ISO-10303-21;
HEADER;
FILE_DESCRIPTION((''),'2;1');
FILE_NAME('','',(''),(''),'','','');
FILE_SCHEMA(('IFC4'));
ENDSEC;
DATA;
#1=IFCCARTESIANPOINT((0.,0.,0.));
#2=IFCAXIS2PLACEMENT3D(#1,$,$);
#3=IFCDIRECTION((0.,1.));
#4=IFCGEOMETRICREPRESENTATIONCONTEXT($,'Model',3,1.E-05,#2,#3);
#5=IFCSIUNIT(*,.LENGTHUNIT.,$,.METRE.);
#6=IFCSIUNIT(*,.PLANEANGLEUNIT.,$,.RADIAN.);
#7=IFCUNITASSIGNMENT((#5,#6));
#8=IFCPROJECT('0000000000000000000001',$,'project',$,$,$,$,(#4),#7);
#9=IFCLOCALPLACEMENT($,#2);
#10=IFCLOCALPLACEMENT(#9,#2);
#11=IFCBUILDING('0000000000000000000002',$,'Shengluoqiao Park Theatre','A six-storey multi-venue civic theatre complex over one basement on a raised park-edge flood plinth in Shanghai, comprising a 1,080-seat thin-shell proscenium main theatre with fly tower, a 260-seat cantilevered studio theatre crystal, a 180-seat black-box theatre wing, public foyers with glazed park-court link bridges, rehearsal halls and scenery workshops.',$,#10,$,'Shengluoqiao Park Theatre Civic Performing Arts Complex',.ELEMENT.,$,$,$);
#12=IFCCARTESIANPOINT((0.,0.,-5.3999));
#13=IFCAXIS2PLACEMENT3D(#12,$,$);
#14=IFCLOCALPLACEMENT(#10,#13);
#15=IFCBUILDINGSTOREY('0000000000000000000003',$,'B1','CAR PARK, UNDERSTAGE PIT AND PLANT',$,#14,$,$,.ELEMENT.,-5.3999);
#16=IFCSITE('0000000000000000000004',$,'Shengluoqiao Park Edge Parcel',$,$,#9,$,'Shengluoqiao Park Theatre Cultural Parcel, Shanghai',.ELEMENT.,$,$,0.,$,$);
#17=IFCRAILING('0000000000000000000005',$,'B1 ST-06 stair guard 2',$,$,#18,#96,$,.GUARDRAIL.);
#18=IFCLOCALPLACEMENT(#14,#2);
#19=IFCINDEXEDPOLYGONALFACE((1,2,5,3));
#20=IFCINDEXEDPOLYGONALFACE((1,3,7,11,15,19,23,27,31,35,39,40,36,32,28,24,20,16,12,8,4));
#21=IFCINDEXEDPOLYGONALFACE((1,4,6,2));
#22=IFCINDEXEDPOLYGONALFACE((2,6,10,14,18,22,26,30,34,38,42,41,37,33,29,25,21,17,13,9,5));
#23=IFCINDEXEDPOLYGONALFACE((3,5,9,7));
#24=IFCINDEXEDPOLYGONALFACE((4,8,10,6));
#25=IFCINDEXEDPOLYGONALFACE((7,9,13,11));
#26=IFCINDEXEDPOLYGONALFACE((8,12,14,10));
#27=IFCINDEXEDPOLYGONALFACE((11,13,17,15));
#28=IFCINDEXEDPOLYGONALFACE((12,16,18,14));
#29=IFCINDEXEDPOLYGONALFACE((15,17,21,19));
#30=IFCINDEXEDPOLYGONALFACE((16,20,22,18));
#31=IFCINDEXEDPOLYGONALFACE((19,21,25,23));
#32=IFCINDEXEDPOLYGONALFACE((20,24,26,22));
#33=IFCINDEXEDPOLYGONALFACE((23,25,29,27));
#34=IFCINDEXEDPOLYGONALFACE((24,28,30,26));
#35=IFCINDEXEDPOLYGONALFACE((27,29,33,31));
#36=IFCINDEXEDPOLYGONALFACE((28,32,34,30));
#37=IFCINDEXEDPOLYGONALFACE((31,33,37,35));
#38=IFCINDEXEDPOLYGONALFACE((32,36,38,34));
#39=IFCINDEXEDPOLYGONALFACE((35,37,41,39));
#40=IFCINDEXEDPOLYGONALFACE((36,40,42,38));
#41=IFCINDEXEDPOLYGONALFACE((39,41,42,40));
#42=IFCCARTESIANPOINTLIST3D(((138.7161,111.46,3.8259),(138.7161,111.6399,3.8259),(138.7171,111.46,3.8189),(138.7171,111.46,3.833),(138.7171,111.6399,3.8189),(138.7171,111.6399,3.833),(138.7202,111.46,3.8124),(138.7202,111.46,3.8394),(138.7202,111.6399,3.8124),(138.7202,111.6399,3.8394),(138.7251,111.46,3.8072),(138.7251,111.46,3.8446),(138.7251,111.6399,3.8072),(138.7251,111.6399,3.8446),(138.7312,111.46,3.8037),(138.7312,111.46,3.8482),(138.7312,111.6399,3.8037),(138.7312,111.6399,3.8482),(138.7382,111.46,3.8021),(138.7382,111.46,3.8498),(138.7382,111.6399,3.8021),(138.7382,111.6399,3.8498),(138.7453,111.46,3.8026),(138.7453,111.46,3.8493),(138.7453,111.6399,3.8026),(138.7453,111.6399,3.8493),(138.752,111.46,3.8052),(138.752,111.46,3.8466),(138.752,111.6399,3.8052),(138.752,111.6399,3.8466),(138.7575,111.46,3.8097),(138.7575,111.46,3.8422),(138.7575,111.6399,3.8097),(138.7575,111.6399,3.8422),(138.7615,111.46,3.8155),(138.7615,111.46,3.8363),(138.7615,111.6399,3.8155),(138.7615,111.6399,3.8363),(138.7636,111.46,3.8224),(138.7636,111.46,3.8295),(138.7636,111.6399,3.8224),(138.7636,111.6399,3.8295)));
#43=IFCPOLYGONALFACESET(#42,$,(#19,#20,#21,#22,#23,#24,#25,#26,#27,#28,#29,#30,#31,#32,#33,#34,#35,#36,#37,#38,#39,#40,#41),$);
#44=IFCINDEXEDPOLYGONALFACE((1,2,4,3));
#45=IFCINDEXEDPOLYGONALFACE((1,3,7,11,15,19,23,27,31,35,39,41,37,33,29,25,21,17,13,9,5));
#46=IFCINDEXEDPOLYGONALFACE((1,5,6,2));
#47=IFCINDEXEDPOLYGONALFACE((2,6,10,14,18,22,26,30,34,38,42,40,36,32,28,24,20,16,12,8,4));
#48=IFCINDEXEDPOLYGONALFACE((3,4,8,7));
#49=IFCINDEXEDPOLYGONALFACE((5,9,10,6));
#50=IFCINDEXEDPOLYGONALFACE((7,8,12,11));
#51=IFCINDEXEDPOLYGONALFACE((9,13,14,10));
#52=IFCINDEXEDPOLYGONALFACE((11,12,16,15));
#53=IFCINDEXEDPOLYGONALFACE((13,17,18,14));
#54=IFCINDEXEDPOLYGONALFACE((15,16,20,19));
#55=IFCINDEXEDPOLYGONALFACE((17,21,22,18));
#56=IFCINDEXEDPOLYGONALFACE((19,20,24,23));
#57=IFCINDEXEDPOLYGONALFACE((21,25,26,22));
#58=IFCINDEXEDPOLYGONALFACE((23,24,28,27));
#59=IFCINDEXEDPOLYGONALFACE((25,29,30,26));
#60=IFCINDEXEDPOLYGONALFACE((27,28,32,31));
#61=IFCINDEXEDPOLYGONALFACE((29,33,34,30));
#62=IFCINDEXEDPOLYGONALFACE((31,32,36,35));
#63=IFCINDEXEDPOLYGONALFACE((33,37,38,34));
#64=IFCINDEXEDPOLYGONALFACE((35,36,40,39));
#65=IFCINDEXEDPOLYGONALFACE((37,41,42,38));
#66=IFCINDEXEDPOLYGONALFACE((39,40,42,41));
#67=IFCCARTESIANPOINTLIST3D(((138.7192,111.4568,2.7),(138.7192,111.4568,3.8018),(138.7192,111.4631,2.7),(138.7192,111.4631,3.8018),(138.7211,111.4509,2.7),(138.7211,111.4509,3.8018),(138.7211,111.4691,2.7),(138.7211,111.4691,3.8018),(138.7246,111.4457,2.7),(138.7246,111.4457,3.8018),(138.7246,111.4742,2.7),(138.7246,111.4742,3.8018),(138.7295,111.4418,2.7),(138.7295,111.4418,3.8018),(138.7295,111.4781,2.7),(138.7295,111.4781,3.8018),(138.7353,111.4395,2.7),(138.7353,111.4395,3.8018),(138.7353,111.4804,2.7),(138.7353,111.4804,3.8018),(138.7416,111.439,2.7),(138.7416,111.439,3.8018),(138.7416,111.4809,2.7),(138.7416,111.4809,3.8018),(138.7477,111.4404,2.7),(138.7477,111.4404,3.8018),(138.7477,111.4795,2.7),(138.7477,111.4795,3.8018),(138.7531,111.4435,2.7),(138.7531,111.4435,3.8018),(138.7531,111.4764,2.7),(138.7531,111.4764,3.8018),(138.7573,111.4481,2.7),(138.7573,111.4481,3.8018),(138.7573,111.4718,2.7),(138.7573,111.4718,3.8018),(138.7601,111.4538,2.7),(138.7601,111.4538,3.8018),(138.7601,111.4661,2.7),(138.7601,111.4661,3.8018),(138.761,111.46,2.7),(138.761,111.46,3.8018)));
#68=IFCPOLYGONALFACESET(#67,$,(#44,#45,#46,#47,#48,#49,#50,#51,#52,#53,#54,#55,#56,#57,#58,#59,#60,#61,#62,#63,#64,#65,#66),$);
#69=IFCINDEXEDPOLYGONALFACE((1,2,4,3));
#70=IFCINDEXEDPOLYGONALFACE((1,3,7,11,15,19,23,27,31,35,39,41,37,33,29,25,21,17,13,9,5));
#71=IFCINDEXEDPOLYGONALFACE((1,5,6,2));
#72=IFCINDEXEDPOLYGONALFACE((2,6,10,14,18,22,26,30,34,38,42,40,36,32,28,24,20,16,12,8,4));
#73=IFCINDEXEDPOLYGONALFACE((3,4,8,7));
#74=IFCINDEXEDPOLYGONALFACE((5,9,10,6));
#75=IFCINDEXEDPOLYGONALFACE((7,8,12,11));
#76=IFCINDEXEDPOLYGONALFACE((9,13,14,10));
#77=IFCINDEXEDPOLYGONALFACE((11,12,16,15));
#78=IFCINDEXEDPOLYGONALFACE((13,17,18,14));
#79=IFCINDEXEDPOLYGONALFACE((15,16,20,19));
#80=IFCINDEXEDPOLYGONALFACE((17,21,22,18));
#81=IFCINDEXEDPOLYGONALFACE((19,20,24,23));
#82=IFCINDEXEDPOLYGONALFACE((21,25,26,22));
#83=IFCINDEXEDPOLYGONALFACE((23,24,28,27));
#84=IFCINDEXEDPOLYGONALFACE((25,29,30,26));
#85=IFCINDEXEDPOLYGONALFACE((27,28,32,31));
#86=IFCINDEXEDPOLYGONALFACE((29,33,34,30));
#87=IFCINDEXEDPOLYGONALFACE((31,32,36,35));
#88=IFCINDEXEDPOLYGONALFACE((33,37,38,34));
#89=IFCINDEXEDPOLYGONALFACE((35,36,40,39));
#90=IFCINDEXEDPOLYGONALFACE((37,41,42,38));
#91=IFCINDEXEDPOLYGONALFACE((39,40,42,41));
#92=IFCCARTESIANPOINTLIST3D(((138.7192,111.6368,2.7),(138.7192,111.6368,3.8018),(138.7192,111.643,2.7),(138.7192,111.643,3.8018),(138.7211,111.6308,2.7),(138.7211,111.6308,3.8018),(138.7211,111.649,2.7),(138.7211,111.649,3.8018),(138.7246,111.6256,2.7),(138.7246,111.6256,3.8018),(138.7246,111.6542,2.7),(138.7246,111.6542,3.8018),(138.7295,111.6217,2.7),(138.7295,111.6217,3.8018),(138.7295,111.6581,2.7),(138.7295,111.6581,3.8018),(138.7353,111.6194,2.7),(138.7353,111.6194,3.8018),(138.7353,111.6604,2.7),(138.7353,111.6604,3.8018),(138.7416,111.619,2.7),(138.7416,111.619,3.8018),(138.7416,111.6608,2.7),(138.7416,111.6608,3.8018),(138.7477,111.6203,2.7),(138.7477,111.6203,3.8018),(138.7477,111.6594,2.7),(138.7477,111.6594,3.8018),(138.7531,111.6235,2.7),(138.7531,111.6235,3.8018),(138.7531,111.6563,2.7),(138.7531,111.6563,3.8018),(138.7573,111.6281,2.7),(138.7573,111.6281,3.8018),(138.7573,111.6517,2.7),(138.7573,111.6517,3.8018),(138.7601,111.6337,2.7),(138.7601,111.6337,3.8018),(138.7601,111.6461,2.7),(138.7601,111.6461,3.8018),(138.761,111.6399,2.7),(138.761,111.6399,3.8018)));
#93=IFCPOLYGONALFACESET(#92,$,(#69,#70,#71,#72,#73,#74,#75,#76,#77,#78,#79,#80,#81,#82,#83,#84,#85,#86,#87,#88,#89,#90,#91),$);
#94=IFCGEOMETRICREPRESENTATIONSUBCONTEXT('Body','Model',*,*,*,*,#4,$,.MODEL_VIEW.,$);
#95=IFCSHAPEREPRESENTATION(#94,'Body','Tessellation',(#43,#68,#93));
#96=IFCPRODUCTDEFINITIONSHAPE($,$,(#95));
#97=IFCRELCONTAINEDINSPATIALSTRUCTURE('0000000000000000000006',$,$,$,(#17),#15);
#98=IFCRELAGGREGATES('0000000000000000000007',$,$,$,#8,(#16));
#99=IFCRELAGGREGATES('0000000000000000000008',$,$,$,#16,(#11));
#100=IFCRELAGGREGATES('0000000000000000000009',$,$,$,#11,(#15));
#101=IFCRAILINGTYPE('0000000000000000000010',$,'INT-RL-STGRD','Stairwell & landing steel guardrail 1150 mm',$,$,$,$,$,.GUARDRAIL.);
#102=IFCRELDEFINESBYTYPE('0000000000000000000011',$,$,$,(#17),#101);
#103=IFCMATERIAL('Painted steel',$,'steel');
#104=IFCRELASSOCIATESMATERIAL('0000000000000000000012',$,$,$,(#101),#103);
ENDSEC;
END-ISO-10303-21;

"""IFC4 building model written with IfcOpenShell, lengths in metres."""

from ifc_helpers import new_model, si_unit, direction, frame, origin, origin_2d, place, context, subcontext, project, spatial, circle, extrude, material, type_object, element, save


model = new_model("IFC4")

# Units and contexts
model_context = context("Model", 3, precision=1e-05, world=origin(), true_north=direction((0.0, 1.0)))
body_context = subcontext(model_context, "Body", "Model", "MODEL_VIEW")
ifc_project = project(units=[si_unit("LENGTHUNIT", "METRE"), si_unit("PLANEANGLEUNIT", "RADIAN")], contexts=[model_context])

# Site, building, storey
site_placement = place(None, origin())
site = spatial("IfcSite", under=ifc_project, at=site_placement, Name="Shengluoqiao Park Edge Parcel", LongName="Shengluoqiao Park Theatre Cultural Parcel, Shanghai", CompositionType="ELEMENT", RefElevation=0.0)
building_placement = place(site_placement, origin())
building = spatial("IfcBuilding", under=site, at=building_placement, Name="Shengluoqiao Park Theatre", Description="A six-storey multi-venue civic theatre complex over one basement on a raised park-edge flood plinth in Shanghai, comprising a 1,080-seat thin-shell proscenium main theatre with fly tower, a 260-seat cantilevered studio theatre crystal, a 180-seat black-box theatre wing, public foyers with glazed park-court link bridges, rehearsal halls and scenery workshops.", LongName="Shengluoqiao Park Theatre Civic Performing Arts Complex", CompositionType="ELEMENT")
storey_placement = place(building_placement, frame((0.0, 0.0, -5.3999)))
storey = spatial("IfcBuildingStorey", under=building, at=storey_placement, Name="B1", Description="CAR PARK, UNDERSTAGE PIT AND PLANT", CompositionType="ELEMENT", Elevation=-5.3999)

# Railing
ifc_material_1 = material(Name="Painted steel", Category="steel")
railing_type_1 = type_object("IfcRailingType", Name="INT-RL-STGRD", Description="Stairwell & landing steel guardrail 1150 mm", PredefinedType="GUARDRAIL", material=ifc_material_1)
railing_1_placement = place(storey_placement, frame((138.74, 111.46, 2.7)))
element("IfcRailing", 1, at=railing_1_placement, inside=storey, type_object=railing_type_1, Name="B1 ST-06 stair guard 2", PredefinedType="GUARDRAIL", context=body_context, shape_type="SweptSolid", body=[
    extrude(circle(Radius=0.0239, at=origin_2d()), frame((0.0, 0.0, 1.126), z_axis=(0.0, 1.0, 0.0), x_axis=(-1.0, 0.0, 0.0)), (0.0, 0.0, 1.0), 0.1799),
    extrude(circle(Radius=0.021, at=origin_2d()), origin(), (0.0, 0.0, 1.0), 1.1018),
    extrude(circle(Radius=0.021, at=origin_2d()), frame((0.0, 0.1799, 0.0)), (0.0, 0.0, 1.0), 1.1018),
])

save(model, "model.ifc")
